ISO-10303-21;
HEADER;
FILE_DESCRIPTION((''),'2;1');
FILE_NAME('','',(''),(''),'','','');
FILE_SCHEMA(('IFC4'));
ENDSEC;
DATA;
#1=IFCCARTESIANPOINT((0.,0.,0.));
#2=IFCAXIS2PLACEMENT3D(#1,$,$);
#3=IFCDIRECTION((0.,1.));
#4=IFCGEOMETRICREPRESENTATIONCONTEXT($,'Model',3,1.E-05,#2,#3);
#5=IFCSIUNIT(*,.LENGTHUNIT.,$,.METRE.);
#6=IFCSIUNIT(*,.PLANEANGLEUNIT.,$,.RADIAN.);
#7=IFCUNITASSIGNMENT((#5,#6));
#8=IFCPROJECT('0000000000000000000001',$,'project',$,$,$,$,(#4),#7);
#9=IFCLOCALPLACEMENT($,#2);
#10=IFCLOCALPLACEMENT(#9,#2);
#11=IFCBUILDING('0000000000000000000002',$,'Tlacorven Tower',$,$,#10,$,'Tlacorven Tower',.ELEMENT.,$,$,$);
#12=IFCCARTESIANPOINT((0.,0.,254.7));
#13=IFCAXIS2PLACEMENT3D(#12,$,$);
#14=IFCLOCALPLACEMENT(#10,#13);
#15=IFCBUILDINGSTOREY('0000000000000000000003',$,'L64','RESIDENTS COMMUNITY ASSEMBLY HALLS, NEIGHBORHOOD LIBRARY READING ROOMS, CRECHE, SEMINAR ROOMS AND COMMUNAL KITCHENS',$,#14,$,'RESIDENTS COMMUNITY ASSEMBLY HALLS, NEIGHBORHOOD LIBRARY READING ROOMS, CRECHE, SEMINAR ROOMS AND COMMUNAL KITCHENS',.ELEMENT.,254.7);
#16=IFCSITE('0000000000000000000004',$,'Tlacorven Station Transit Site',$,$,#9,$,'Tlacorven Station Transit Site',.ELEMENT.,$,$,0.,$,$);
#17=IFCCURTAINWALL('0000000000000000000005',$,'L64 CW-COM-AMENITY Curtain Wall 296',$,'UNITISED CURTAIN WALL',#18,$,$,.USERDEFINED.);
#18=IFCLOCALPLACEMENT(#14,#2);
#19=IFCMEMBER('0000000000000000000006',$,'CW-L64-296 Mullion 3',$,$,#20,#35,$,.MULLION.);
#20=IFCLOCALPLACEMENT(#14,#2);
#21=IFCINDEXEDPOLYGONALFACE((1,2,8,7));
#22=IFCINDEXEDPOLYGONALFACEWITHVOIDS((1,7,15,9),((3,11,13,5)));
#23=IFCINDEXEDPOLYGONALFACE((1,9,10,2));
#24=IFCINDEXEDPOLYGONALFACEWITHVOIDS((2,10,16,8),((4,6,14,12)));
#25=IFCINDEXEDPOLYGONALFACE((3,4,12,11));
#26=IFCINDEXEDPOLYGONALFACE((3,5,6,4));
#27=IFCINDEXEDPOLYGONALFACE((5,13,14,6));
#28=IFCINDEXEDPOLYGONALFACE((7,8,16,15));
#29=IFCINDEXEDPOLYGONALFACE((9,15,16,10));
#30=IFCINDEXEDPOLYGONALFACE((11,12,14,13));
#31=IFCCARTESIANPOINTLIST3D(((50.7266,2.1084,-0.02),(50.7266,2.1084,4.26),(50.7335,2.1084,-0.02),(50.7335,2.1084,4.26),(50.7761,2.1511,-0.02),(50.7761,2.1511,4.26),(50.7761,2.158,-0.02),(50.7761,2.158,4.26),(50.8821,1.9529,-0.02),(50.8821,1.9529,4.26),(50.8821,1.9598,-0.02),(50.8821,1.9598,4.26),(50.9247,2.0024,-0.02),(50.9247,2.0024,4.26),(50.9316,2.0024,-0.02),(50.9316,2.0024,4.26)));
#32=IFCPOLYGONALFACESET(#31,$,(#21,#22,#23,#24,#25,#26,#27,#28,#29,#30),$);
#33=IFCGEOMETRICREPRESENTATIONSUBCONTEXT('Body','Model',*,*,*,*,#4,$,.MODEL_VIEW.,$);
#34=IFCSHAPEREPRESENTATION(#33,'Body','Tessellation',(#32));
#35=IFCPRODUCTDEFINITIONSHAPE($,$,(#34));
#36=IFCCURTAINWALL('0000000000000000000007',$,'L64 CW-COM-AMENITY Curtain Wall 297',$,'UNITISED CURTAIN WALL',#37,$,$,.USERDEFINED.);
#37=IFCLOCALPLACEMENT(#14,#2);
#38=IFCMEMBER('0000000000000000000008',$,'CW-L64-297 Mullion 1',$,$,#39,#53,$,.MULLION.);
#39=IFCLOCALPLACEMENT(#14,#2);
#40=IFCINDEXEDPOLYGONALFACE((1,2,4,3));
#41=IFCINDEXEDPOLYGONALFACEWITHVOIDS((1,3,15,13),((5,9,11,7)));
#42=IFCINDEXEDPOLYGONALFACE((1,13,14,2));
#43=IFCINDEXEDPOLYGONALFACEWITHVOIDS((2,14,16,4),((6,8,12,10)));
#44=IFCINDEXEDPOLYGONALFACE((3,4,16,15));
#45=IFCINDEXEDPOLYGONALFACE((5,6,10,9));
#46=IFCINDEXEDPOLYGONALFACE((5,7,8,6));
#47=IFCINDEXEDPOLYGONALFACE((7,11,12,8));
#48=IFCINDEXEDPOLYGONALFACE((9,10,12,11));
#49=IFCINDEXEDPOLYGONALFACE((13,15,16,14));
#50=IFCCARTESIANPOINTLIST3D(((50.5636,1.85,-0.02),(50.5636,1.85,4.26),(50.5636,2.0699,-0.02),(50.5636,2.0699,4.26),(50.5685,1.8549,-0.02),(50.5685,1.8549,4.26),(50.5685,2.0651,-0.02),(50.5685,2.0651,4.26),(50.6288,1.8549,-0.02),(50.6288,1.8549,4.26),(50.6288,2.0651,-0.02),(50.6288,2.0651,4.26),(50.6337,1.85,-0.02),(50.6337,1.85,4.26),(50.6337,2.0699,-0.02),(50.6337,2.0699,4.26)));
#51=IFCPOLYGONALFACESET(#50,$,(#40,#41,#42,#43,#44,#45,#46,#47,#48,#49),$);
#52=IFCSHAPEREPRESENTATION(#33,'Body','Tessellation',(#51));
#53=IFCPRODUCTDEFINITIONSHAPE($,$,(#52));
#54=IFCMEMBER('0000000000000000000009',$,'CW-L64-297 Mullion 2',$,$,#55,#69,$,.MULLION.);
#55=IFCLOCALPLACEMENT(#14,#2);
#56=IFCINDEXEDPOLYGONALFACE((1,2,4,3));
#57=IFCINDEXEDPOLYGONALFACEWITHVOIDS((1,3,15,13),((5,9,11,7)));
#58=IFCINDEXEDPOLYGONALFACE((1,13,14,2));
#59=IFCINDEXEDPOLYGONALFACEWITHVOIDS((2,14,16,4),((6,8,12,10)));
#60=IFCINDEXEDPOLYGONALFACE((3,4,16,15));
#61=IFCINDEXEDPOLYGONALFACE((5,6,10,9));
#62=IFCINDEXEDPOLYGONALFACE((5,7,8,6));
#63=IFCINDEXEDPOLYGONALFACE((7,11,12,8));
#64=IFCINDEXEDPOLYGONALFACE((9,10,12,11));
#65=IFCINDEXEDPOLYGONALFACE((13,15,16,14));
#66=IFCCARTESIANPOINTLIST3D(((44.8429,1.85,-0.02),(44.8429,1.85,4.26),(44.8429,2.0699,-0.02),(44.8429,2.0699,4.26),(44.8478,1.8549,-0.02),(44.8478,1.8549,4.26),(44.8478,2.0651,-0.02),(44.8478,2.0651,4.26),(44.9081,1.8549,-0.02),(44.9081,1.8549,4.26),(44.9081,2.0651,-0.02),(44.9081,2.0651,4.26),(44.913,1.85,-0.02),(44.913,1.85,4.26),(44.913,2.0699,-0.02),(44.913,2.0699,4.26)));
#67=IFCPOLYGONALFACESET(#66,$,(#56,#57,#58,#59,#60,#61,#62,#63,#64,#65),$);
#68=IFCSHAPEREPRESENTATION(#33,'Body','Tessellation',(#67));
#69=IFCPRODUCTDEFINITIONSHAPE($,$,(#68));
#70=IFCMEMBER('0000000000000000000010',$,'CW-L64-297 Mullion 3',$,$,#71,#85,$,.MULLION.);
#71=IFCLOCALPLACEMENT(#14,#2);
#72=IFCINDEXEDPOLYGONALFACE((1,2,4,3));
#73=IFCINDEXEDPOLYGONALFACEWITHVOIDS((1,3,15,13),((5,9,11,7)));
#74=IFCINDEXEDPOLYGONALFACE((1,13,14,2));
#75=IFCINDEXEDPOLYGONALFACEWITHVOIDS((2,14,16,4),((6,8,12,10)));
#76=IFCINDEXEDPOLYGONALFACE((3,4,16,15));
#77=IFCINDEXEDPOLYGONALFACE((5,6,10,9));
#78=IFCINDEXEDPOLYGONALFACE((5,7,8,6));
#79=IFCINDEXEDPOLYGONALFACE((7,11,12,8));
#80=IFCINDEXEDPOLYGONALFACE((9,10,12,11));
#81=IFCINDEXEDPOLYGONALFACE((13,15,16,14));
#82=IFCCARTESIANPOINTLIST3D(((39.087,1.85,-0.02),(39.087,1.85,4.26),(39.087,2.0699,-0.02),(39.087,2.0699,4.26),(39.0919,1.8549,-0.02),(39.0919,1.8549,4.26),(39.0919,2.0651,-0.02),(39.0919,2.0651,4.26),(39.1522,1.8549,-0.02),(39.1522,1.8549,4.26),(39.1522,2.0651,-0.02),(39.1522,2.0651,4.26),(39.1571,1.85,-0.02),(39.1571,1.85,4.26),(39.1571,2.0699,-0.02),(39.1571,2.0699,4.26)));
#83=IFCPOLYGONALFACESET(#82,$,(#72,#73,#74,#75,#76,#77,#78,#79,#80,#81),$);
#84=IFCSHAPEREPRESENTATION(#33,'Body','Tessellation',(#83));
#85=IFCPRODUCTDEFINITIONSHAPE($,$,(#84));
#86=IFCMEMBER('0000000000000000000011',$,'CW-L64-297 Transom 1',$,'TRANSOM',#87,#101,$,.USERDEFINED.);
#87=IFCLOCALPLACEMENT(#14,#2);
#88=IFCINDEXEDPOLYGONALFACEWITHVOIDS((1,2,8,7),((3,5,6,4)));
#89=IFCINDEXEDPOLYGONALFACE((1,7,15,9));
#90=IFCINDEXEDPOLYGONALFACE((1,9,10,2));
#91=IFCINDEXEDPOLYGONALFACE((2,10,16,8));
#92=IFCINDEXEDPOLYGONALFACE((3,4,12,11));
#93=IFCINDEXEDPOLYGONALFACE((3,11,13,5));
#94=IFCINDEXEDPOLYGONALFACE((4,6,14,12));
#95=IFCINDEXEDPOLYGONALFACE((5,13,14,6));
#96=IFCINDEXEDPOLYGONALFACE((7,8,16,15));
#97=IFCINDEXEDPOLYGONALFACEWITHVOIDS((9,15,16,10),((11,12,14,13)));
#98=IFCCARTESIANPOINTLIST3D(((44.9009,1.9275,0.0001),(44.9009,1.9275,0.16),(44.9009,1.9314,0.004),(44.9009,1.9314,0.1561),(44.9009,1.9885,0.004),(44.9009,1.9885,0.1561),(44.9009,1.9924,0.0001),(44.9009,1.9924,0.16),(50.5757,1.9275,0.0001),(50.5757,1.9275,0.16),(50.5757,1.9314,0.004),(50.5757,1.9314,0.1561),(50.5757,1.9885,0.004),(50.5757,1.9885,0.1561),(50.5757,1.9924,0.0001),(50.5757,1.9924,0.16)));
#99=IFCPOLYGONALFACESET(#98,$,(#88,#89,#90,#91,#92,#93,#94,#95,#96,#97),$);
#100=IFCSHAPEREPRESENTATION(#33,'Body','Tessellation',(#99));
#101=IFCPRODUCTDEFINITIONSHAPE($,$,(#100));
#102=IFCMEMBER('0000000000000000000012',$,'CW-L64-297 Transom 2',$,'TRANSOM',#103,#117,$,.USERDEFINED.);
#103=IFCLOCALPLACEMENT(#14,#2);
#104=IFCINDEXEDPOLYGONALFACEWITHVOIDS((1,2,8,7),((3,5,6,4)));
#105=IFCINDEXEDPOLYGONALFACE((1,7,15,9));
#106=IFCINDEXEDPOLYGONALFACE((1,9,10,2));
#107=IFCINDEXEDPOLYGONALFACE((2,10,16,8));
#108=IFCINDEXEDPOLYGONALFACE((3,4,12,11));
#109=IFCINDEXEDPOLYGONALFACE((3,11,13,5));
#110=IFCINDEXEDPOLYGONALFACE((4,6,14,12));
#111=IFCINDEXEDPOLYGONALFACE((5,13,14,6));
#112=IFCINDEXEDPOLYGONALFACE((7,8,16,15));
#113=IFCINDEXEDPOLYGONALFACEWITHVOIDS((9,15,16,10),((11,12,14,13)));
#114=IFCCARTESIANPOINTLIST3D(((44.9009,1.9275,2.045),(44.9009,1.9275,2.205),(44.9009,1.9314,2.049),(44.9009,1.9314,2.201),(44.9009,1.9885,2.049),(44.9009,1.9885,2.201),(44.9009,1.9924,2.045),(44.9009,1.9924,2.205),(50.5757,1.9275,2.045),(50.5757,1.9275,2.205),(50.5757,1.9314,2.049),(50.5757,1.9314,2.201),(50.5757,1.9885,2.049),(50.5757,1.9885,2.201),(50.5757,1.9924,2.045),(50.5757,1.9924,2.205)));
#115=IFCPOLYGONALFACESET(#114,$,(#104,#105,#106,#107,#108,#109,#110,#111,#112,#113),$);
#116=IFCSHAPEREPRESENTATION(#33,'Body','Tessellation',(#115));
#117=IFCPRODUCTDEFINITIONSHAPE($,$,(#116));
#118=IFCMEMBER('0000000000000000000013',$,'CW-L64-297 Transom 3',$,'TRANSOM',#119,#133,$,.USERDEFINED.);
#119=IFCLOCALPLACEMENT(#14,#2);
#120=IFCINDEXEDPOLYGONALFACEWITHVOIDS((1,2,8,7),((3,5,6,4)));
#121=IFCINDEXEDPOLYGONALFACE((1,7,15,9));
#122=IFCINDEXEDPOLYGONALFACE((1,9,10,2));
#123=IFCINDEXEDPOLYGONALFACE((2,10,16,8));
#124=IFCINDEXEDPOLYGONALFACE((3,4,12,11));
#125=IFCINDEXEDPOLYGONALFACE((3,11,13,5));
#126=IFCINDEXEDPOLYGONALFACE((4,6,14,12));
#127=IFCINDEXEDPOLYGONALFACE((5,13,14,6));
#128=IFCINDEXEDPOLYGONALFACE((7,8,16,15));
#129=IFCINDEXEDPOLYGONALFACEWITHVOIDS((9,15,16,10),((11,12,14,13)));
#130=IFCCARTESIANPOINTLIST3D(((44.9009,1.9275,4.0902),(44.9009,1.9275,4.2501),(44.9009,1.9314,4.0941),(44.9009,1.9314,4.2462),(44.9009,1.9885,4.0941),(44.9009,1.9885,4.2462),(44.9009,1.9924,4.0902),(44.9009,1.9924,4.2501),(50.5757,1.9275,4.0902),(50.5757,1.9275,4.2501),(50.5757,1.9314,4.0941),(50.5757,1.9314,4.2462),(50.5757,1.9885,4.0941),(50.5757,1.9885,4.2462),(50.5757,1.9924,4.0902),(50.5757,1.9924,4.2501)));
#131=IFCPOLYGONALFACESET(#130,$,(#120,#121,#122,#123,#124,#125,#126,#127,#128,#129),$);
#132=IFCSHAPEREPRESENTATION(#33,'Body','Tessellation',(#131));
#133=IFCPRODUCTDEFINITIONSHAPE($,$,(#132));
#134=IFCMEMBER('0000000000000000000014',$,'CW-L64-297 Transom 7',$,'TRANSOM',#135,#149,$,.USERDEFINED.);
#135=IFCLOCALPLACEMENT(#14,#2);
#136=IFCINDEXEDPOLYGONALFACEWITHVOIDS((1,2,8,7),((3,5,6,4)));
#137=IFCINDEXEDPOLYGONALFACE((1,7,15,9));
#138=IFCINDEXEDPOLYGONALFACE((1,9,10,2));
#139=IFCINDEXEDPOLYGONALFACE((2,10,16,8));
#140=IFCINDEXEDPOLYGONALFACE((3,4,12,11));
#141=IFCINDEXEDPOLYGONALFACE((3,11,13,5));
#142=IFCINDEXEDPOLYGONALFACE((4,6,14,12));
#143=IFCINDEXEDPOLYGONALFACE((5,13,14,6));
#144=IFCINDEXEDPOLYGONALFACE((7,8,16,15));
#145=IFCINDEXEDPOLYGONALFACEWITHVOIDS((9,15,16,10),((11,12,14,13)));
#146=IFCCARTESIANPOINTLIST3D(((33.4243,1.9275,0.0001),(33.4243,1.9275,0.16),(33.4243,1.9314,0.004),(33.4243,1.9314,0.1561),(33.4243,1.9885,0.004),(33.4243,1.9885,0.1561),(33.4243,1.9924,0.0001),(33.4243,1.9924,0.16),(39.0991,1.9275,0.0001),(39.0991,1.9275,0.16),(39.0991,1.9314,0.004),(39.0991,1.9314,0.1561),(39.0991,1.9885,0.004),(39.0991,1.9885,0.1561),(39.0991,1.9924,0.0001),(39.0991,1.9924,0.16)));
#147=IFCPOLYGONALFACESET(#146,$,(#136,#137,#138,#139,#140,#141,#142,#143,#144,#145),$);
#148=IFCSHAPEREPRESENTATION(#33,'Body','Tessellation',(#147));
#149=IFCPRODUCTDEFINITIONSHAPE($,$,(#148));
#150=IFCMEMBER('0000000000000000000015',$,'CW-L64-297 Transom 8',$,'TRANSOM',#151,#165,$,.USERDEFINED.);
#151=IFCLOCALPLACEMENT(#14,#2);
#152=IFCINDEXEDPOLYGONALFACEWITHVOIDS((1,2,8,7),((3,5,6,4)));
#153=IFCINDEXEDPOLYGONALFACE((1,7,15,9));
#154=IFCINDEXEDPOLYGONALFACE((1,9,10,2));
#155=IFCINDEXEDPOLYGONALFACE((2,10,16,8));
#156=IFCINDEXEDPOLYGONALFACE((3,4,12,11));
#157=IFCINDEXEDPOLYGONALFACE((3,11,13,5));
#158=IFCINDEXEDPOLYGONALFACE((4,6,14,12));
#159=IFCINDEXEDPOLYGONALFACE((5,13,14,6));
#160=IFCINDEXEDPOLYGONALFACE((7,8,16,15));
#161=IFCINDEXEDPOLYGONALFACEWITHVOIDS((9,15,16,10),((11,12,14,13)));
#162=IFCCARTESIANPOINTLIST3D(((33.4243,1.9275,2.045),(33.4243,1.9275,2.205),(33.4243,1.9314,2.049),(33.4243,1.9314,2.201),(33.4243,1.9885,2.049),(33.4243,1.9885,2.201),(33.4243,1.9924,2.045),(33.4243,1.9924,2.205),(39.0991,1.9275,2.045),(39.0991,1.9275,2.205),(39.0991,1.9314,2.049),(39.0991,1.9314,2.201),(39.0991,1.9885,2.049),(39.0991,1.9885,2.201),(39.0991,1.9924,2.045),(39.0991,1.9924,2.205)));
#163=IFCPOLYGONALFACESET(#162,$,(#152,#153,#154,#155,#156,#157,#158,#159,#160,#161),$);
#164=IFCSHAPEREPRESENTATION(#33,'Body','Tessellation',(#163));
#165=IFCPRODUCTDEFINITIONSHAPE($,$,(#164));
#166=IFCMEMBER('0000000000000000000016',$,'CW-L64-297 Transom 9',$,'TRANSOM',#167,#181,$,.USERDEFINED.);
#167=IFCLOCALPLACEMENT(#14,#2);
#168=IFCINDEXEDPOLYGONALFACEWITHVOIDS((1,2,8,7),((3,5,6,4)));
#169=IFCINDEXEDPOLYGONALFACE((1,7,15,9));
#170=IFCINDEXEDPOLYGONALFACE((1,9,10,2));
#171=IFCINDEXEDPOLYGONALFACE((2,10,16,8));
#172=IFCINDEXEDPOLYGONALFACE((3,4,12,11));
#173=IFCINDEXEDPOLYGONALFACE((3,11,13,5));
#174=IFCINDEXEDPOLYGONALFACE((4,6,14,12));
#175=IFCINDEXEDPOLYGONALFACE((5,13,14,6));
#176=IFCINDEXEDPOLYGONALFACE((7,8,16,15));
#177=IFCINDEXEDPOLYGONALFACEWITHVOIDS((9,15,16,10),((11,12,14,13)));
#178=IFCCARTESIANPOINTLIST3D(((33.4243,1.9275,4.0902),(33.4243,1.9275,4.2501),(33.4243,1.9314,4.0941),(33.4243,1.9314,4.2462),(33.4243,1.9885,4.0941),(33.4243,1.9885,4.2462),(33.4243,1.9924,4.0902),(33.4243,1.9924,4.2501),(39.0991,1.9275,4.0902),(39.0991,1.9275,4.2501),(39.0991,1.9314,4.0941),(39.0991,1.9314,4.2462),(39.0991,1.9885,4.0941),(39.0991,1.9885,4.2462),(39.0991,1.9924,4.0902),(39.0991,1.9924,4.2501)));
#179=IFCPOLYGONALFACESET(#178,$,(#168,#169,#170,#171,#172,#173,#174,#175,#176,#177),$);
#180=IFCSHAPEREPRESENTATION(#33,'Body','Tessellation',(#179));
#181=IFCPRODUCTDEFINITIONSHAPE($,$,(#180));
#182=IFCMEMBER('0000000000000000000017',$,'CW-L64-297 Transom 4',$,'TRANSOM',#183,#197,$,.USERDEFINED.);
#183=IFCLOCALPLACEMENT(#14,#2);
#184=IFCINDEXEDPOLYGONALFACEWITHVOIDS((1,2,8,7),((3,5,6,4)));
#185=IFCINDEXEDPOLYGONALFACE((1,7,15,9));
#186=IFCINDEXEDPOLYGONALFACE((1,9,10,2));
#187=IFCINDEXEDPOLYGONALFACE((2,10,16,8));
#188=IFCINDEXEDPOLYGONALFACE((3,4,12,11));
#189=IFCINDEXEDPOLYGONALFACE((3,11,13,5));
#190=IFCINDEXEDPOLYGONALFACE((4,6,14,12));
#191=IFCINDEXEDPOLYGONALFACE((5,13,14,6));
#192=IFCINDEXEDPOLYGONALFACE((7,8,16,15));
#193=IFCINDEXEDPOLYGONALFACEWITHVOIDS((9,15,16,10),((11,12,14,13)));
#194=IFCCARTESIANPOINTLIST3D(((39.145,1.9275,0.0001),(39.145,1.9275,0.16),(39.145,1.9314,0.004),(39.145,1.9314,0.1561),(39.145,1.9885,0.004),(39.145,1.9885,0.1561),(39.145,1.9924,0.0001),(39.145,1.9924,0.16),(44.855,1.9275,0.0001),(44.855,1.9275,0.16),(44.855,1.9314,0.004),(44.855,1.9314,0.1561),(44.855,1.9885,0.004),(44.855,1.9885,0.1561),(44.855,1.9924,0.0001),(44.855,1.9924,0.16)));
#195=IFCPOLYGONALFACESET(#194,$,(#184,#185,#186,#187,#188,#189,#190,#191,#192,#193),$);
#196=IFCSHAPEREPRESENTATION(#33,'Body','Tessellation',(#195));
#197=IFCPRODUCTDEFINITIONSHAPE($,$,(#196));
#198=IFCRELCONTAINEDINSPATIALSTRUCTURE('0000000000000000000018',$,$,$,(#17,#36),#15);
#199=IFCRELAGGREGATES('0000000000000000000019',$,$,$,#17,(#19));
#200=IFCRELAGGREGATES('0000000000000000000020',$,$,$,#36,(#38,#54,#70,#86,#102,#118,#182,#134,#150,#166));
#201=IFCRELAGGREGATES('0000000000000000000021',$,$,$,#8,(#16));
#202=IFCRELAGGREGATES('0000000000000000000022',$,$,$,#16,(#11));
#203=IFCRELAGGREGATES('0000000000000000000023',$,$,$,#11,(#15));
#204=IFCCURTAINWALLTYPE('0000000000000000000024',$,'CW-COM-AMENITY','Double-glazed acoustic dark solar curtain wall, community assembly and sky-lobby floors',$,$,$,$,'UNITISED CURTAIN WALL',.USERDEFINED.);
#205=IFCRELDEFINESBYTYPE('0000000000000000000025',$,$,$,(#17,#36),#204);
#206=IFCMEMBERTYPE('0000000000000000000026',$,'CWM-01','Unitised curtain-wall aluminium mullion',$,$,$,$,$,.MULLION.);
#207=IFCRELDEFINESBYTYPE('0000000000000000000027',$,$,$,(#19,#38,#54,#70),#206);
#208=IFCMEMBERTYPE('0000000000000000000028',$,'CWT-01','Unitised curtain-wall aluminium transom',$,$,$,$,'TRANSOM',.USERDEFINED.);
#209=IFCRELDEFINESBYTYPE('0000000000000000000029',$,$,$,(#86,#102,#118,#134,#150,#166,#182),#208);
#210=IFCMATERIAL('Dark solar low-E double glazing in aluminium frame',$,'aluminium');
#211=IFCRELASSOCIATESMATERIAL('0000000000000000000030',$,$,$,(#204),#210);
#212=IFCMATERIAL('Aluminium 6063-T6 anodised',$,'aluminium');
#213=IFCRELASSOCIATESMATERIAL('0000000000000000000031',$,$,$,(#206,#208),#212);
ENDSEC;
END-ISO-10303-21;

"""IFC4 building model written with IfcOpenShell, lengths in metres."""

from ifc_helpers import new_model, si_unit, direction, frame, origin, origin_2d, place, context, subcontext, project, spatial, hollow_rectangle, extrude, source, transform, mapped, material, material_profile, profile_set, type_object, element, aggregate, save


model = new_model("IFC4")

# Units and contexts
model_context = context("Model", 3, precision=1e-05, world=origin(), true_north=direction((0.0, 1.0)))
body_context = subcontext(model_context, "Body", "Model", "MODEL_VIEW")
ifc_project = project(units=[si_unit("LENGTHUNIT", "METRE"), si_unit("PLANEANGLEUNIT", "RADIAN")], contexts=[model_context])

# Site, building, storey
site_placement = place(None, origin())
site = spatial("IfcSite", under=ifc_project, at=site_placement, Name="Tlacorven Station Transit Site", LongName="Tlacorven Station Transit Site", CompositionType="ELEMENT", RefElevation=0.0)
building_placement = place(site_placement, origin())
building = spatial("IfcBuilding", under=site, at=building_placement, Name="Tlacorven Tower", LongName="Tlacorven Tower", CompositionType="ELEMENT")
storey_placement = place(building_placement, frame((0.0, 0.0, 254.7)))
storey = spatial("IfcBuildingStorey", under=building, at=storey_placement, Name="L64", Description="RESIDENTS COMMUNITY ASSEMBLY HALLS, NEIGHBORHOOD LIBRARY READING ROOMS, CRECHE, SEMINAR ROOMS AND COMMUNAL KITCHENS", LongName="RESIDENTS COMMUNITY ASSEMBLY HALLS, NEIGHBORHOOD LIBRARY READING ROOMS, CRECHE, SEMINAR ROOMS AND COMMUNAL KITCHENS", CompositionType="ELEMENT", Elevation=254.7)

# Curtain wall, member
ifc_material_1 = material(Name="Dark solar low-E double glazing in aluminium frame", Category="aluminium")
curtain_wall_type = type_object("IfcCurtainWallType", Name="CW-COM-AMENITY", Description="Double-glazed acoustic dark solar curtain wall, community assembly and sky-lobby floors", ElementType="UNITISED CURTAIN WALL", PredefinedType="USERDEFINED", material=ifc_material_1)
curtain_wall_1_placement = place(storey_placement, origin())
curtain_wall_1 = element("IfcCurtainWall", 1, at=curtain_wall_1_placement, inside=storey, type_object=curtain_wall_type, Name="L64 CW-COM-AMENITY Curtain Wall 296", ObjectType="UNITISED CURTAIN WALL", PredefinedType="USERDEFINED")
ifc_material_2 = material(Name="Aluminium 6063-T6 anodised", Category="aluminium")
ifc_material_profile_1 = material_profile(ifc_material_2, hollow_rectangle(XDim=0.0701, YDim=0.22, WallThickness=0.0049, at=origin_2d()), Name="ALU MULLION 70X220")
ifc_profile_set_1 = profile_set([ifc_material_profile_1], Name="Aluminium 6063-T6 anodised")
member_type_1 = type_object("IfcMemberType", Name="CWM-01", Description="Unitised curtain-wall aluminium mullion", PredefinedType="MULLION", material=ifc_profile_set_1)
shared_shape_1 = source(origin(), body_context, "Body", "SweptSolid", [
    extrude(hollow_rectangle(XDim=0.0701, YDim=0.22, WallThickness=0.0049, at=origin_2d()), origin(), (0.0, 0.0, 1.0), 4.28),
])
member_1_placement = place(storey_placement, frame((50.8291, 2.0554, -0.02), z_axis=(0.0, 0.0, 1.0), x_axis=(-0.707107, -0.707107, 0.0)))
member_1 = element("IfcMember", 2, at=member_1_placement, type_object=member_type_1, Name="CW-L64-296 Mullion 3", PredefinedType="MULLION", context=body_context, shape_type="MappedRepresentation", body=[
    mapped(shared_shape_1, transform((0.0, 0.0, 0.0), scale=1.0)),
])

# Curtain wall, members
curtain_wall_2_placement = place(storey_placement, origin())
curtain_wall_2 = element("IfcCurtainWall", 3, at=curtain_wall_2_placement, inside=storey, type_object=curtain_wall_type, Name="L64 CW-COM-AMENITY Curtain Wall 297", ObjectType="UNITISED CURTAIN WALL", PredefinedType="USERDEFINED")
member_2_placement = place(storey_placement, frame((50.5986, 1.96, -0.02), z_axis=(0.0, 0.0, 1.0), x_axis=(-1.0, 0.0, 0.0)))
member_2 = element("IfcMember", 4, at=member_2_placement, type_object=member_type_1, Name="CW-L64-297 Mullion 1", PredefinedType="MULLION", context=body_context, shape_type="MappedRepresentation", body=[
    mapped(shared_shape_1, transform((0.0, 0.0, 0.0), scale=1.0)),
])
member_3_placement = place(storey_placement, frame((44.8779, 1.96, -0.02), z_axis=(0.0, 0.0, 1.0), x_axis=(-1.0, 0.0, 0.0)))
member_3 = element("IfcMember", 5, at=member_3_placement, type_object=member_type_1, Name="CW-L64-297 Mullion 2", PredefinedType="MULLION", context=body_context, shape_type="MappedRepresentation", body=[
    mapped(shared_shape_1, transform((0.0, 0.0, 0.0), scale=1.0)),
])
member_4_placement = place(storey_placement, frame((39.1221, 1.96, -0.02), z_axis=(0.0, 0.0, 1.0), x_axis=(-1.0, 0.0, 0.0)))
member_4 = element("IfcMember", 6, at=member_4_placement, type_object=member_type_1, Name="CW-L64-297 Mullion 3", PredefinedType="MULLION", context=body_context, shape_type="MappedRepresentation", body=[
    mapped(shared_shape_1, transform((0.0, 0.0, 0.0), scale=1.0)),
])
ifc_material_profile_2 = material_profile(ifc_material_2, hollow_rectangle(XDim=0.0649, YDim=0.1599, WallThickness=0.0039, at=origin_2d()), Name="ALU TRANSOM 65X160")
ifc_profile_set_2 = profile_set([ifc_material_profile_2], Name="Aluminium 6063-T6 anodised")
member_type_2 = type_object("IfcMemberType", Name="CWT-01", Description="Unitised curtain-wall aluminium transom", ElementType="TRANSOM", PredefinedType="USERDEFINED", material=ifc_profile_set_2)
shared_shape_2 = source(origin(), body_context, "Body", "SweptSolid", [
    extrude(hollow_rectangle(XDim=0.0649, YDim=0.1599, WallThickness=0.0039, at=origin_2d()), origin(), (0.0, 0.0, 1.0), 5.6748),
])
member_5_placement = place(storey_placement, frame((50.5757, 1.96, 0.0801), z_axis=(-1.0, 0.0, 0.0), x_axis=(0.0, -1.0, 0.0)))
member_5 = element("IfcMember", 7, at=member_5_placement, type_object=member_type_2, Name="CW-L64-297 Transom 1", ObjectType="TRANSOM", PredefinedType="USERDEFINED", context=body_context, shape_type="MappedRepresentation", body=[
    mapped(shared_shape_2, transform((0.0, 0.0, 0.0), scale=1.0)),
])
member_6_placement = place(storey_placement, frame((50.5757, 1.96, 2.125), z_axis=(-1.0, 0.0, 0.0), x_axis=(0.0, -1.0, 0.0)))
member_6 = element("IfcMember", 8, at=member_6_placement, type_object=member_type_2, Name="CW-L64-297 Transom 2", ObjectType="TRANSOM", PredefinedType="USERDEFINED", context=body_context, shape_type="MappedRepresentation", body=[
    mapped(shared_shape_2, transform((0.0, 0.0, 0.0), scale=1.0)),
])
member_7_placement = place(storey_placement, frame((50.5757, 1.96, 4.1702), z_axis=(-1.0, 0.0, 0.0), x_axis=(0.0, -1.0, 0.0)))
member_7 = element("IfcMember", 9, at=member_7_placement, type_object=member_type_2, Name="CW-L64-297 Transom 3", ObjectType="TRANSOM", PredefinedType="USERDEFINED", context=body_context, shape_type="MappedRepresentation", body=[
    mapped(shared_shape_2, transform((0.0, 0.0, 0.0), scale=1.0)),
])
member_8_placement = place(storey_placement, frame((39.0991, 1.96, 0.0801), z_axis=(-1.0, 0.0, 0.0), x_axis=(0.0, -1.0, 0.0)))
member_8 = element("IfcMember", 10, at=member_8_placement, type_object=member_type_2, Name="CW-L64-297 Transom 7", ObjectType="TRANSOM", PredefinedType="USERDEFINED", context=body_context, shape_type="MappedRepresentation", body=[
    mapped(shared_shape_2, transform((0.0, 0.0, 0.0), scale=1.0)),
])
member_9_placement = place(storey_placement, frame((39.0991, 1.96, 2.125), z_axis=(-1.0, 0.0, 0.0), x_axis=(0.0, -1.0, 0.0)))
member_9 = element("IfcMember", 11, at=member_9_placement, type_object=member_type_2, Name="CW-L64-297 Transom 8", ObjectType="TRANSOM", PredefinedType="USERDEFINED", context=body_context, shape_type="MappedRepresentation", body=[
    mapped(shared_shape_2, transform((0.0, 0.0, 0.0), scale=1.0)),
])
member_10_placement = place(storey_placement, frame((39.0991, 1.96, 4.1702), z_axis=(-1.0, 0.0, 0.0), x_axis=(0.0, -1.0, 0.0)))
member_10 = element("IfcMember", 12, at=member_10_placement, type_object=member_type_2, Name="CW-L64-297 Transom 9", ObjectType="TRANSOM", PredefinedType="USERDEFINED", context=body_context, shape_type="MappedRepresentation", body=[
    mapped(shared_shape_2, transform((0.0, 0.0, 0.0), scale=1.0)),
])
shared_shape_3 = source(origin(), body_context, "Body", "SweptSolid", [
    extrude(hollow_rectangle(XDim=0.0649, YDim=0.1599, WallThickness=0.0039, at=origin_2d()), origin(), (0.0, 0.0, 1.0), 5.71),
])
member_11_placement = place(storey_placement, frame((44.855, 1.96, 0.0801), z_axis=(-1.0, 0.0, 0.0), x_axis=(0.0, -1.0, 0.0)))
member_11 = element("IfcMember", 13, at=member_11_placement, type_object=member_type_2, Name="CW-L64-297 Transom 4", ObjectType="TRANSOM", PredefinedType="USERDEFINED", context=body_context, shape_type="MappedRepresentation", body=[
    mapped(shared_shape_3, transform((0.0, 0.0, 0.0), scale=1.0)),
])

aggregate(curtain_wall_1, [member_1])
aggregate(curtain_wall_2, [member_2, member_3, member_4, member_5, member_6, member_7, member_11, member_8, member_9, member_10])

save(model, "model.ifc")
